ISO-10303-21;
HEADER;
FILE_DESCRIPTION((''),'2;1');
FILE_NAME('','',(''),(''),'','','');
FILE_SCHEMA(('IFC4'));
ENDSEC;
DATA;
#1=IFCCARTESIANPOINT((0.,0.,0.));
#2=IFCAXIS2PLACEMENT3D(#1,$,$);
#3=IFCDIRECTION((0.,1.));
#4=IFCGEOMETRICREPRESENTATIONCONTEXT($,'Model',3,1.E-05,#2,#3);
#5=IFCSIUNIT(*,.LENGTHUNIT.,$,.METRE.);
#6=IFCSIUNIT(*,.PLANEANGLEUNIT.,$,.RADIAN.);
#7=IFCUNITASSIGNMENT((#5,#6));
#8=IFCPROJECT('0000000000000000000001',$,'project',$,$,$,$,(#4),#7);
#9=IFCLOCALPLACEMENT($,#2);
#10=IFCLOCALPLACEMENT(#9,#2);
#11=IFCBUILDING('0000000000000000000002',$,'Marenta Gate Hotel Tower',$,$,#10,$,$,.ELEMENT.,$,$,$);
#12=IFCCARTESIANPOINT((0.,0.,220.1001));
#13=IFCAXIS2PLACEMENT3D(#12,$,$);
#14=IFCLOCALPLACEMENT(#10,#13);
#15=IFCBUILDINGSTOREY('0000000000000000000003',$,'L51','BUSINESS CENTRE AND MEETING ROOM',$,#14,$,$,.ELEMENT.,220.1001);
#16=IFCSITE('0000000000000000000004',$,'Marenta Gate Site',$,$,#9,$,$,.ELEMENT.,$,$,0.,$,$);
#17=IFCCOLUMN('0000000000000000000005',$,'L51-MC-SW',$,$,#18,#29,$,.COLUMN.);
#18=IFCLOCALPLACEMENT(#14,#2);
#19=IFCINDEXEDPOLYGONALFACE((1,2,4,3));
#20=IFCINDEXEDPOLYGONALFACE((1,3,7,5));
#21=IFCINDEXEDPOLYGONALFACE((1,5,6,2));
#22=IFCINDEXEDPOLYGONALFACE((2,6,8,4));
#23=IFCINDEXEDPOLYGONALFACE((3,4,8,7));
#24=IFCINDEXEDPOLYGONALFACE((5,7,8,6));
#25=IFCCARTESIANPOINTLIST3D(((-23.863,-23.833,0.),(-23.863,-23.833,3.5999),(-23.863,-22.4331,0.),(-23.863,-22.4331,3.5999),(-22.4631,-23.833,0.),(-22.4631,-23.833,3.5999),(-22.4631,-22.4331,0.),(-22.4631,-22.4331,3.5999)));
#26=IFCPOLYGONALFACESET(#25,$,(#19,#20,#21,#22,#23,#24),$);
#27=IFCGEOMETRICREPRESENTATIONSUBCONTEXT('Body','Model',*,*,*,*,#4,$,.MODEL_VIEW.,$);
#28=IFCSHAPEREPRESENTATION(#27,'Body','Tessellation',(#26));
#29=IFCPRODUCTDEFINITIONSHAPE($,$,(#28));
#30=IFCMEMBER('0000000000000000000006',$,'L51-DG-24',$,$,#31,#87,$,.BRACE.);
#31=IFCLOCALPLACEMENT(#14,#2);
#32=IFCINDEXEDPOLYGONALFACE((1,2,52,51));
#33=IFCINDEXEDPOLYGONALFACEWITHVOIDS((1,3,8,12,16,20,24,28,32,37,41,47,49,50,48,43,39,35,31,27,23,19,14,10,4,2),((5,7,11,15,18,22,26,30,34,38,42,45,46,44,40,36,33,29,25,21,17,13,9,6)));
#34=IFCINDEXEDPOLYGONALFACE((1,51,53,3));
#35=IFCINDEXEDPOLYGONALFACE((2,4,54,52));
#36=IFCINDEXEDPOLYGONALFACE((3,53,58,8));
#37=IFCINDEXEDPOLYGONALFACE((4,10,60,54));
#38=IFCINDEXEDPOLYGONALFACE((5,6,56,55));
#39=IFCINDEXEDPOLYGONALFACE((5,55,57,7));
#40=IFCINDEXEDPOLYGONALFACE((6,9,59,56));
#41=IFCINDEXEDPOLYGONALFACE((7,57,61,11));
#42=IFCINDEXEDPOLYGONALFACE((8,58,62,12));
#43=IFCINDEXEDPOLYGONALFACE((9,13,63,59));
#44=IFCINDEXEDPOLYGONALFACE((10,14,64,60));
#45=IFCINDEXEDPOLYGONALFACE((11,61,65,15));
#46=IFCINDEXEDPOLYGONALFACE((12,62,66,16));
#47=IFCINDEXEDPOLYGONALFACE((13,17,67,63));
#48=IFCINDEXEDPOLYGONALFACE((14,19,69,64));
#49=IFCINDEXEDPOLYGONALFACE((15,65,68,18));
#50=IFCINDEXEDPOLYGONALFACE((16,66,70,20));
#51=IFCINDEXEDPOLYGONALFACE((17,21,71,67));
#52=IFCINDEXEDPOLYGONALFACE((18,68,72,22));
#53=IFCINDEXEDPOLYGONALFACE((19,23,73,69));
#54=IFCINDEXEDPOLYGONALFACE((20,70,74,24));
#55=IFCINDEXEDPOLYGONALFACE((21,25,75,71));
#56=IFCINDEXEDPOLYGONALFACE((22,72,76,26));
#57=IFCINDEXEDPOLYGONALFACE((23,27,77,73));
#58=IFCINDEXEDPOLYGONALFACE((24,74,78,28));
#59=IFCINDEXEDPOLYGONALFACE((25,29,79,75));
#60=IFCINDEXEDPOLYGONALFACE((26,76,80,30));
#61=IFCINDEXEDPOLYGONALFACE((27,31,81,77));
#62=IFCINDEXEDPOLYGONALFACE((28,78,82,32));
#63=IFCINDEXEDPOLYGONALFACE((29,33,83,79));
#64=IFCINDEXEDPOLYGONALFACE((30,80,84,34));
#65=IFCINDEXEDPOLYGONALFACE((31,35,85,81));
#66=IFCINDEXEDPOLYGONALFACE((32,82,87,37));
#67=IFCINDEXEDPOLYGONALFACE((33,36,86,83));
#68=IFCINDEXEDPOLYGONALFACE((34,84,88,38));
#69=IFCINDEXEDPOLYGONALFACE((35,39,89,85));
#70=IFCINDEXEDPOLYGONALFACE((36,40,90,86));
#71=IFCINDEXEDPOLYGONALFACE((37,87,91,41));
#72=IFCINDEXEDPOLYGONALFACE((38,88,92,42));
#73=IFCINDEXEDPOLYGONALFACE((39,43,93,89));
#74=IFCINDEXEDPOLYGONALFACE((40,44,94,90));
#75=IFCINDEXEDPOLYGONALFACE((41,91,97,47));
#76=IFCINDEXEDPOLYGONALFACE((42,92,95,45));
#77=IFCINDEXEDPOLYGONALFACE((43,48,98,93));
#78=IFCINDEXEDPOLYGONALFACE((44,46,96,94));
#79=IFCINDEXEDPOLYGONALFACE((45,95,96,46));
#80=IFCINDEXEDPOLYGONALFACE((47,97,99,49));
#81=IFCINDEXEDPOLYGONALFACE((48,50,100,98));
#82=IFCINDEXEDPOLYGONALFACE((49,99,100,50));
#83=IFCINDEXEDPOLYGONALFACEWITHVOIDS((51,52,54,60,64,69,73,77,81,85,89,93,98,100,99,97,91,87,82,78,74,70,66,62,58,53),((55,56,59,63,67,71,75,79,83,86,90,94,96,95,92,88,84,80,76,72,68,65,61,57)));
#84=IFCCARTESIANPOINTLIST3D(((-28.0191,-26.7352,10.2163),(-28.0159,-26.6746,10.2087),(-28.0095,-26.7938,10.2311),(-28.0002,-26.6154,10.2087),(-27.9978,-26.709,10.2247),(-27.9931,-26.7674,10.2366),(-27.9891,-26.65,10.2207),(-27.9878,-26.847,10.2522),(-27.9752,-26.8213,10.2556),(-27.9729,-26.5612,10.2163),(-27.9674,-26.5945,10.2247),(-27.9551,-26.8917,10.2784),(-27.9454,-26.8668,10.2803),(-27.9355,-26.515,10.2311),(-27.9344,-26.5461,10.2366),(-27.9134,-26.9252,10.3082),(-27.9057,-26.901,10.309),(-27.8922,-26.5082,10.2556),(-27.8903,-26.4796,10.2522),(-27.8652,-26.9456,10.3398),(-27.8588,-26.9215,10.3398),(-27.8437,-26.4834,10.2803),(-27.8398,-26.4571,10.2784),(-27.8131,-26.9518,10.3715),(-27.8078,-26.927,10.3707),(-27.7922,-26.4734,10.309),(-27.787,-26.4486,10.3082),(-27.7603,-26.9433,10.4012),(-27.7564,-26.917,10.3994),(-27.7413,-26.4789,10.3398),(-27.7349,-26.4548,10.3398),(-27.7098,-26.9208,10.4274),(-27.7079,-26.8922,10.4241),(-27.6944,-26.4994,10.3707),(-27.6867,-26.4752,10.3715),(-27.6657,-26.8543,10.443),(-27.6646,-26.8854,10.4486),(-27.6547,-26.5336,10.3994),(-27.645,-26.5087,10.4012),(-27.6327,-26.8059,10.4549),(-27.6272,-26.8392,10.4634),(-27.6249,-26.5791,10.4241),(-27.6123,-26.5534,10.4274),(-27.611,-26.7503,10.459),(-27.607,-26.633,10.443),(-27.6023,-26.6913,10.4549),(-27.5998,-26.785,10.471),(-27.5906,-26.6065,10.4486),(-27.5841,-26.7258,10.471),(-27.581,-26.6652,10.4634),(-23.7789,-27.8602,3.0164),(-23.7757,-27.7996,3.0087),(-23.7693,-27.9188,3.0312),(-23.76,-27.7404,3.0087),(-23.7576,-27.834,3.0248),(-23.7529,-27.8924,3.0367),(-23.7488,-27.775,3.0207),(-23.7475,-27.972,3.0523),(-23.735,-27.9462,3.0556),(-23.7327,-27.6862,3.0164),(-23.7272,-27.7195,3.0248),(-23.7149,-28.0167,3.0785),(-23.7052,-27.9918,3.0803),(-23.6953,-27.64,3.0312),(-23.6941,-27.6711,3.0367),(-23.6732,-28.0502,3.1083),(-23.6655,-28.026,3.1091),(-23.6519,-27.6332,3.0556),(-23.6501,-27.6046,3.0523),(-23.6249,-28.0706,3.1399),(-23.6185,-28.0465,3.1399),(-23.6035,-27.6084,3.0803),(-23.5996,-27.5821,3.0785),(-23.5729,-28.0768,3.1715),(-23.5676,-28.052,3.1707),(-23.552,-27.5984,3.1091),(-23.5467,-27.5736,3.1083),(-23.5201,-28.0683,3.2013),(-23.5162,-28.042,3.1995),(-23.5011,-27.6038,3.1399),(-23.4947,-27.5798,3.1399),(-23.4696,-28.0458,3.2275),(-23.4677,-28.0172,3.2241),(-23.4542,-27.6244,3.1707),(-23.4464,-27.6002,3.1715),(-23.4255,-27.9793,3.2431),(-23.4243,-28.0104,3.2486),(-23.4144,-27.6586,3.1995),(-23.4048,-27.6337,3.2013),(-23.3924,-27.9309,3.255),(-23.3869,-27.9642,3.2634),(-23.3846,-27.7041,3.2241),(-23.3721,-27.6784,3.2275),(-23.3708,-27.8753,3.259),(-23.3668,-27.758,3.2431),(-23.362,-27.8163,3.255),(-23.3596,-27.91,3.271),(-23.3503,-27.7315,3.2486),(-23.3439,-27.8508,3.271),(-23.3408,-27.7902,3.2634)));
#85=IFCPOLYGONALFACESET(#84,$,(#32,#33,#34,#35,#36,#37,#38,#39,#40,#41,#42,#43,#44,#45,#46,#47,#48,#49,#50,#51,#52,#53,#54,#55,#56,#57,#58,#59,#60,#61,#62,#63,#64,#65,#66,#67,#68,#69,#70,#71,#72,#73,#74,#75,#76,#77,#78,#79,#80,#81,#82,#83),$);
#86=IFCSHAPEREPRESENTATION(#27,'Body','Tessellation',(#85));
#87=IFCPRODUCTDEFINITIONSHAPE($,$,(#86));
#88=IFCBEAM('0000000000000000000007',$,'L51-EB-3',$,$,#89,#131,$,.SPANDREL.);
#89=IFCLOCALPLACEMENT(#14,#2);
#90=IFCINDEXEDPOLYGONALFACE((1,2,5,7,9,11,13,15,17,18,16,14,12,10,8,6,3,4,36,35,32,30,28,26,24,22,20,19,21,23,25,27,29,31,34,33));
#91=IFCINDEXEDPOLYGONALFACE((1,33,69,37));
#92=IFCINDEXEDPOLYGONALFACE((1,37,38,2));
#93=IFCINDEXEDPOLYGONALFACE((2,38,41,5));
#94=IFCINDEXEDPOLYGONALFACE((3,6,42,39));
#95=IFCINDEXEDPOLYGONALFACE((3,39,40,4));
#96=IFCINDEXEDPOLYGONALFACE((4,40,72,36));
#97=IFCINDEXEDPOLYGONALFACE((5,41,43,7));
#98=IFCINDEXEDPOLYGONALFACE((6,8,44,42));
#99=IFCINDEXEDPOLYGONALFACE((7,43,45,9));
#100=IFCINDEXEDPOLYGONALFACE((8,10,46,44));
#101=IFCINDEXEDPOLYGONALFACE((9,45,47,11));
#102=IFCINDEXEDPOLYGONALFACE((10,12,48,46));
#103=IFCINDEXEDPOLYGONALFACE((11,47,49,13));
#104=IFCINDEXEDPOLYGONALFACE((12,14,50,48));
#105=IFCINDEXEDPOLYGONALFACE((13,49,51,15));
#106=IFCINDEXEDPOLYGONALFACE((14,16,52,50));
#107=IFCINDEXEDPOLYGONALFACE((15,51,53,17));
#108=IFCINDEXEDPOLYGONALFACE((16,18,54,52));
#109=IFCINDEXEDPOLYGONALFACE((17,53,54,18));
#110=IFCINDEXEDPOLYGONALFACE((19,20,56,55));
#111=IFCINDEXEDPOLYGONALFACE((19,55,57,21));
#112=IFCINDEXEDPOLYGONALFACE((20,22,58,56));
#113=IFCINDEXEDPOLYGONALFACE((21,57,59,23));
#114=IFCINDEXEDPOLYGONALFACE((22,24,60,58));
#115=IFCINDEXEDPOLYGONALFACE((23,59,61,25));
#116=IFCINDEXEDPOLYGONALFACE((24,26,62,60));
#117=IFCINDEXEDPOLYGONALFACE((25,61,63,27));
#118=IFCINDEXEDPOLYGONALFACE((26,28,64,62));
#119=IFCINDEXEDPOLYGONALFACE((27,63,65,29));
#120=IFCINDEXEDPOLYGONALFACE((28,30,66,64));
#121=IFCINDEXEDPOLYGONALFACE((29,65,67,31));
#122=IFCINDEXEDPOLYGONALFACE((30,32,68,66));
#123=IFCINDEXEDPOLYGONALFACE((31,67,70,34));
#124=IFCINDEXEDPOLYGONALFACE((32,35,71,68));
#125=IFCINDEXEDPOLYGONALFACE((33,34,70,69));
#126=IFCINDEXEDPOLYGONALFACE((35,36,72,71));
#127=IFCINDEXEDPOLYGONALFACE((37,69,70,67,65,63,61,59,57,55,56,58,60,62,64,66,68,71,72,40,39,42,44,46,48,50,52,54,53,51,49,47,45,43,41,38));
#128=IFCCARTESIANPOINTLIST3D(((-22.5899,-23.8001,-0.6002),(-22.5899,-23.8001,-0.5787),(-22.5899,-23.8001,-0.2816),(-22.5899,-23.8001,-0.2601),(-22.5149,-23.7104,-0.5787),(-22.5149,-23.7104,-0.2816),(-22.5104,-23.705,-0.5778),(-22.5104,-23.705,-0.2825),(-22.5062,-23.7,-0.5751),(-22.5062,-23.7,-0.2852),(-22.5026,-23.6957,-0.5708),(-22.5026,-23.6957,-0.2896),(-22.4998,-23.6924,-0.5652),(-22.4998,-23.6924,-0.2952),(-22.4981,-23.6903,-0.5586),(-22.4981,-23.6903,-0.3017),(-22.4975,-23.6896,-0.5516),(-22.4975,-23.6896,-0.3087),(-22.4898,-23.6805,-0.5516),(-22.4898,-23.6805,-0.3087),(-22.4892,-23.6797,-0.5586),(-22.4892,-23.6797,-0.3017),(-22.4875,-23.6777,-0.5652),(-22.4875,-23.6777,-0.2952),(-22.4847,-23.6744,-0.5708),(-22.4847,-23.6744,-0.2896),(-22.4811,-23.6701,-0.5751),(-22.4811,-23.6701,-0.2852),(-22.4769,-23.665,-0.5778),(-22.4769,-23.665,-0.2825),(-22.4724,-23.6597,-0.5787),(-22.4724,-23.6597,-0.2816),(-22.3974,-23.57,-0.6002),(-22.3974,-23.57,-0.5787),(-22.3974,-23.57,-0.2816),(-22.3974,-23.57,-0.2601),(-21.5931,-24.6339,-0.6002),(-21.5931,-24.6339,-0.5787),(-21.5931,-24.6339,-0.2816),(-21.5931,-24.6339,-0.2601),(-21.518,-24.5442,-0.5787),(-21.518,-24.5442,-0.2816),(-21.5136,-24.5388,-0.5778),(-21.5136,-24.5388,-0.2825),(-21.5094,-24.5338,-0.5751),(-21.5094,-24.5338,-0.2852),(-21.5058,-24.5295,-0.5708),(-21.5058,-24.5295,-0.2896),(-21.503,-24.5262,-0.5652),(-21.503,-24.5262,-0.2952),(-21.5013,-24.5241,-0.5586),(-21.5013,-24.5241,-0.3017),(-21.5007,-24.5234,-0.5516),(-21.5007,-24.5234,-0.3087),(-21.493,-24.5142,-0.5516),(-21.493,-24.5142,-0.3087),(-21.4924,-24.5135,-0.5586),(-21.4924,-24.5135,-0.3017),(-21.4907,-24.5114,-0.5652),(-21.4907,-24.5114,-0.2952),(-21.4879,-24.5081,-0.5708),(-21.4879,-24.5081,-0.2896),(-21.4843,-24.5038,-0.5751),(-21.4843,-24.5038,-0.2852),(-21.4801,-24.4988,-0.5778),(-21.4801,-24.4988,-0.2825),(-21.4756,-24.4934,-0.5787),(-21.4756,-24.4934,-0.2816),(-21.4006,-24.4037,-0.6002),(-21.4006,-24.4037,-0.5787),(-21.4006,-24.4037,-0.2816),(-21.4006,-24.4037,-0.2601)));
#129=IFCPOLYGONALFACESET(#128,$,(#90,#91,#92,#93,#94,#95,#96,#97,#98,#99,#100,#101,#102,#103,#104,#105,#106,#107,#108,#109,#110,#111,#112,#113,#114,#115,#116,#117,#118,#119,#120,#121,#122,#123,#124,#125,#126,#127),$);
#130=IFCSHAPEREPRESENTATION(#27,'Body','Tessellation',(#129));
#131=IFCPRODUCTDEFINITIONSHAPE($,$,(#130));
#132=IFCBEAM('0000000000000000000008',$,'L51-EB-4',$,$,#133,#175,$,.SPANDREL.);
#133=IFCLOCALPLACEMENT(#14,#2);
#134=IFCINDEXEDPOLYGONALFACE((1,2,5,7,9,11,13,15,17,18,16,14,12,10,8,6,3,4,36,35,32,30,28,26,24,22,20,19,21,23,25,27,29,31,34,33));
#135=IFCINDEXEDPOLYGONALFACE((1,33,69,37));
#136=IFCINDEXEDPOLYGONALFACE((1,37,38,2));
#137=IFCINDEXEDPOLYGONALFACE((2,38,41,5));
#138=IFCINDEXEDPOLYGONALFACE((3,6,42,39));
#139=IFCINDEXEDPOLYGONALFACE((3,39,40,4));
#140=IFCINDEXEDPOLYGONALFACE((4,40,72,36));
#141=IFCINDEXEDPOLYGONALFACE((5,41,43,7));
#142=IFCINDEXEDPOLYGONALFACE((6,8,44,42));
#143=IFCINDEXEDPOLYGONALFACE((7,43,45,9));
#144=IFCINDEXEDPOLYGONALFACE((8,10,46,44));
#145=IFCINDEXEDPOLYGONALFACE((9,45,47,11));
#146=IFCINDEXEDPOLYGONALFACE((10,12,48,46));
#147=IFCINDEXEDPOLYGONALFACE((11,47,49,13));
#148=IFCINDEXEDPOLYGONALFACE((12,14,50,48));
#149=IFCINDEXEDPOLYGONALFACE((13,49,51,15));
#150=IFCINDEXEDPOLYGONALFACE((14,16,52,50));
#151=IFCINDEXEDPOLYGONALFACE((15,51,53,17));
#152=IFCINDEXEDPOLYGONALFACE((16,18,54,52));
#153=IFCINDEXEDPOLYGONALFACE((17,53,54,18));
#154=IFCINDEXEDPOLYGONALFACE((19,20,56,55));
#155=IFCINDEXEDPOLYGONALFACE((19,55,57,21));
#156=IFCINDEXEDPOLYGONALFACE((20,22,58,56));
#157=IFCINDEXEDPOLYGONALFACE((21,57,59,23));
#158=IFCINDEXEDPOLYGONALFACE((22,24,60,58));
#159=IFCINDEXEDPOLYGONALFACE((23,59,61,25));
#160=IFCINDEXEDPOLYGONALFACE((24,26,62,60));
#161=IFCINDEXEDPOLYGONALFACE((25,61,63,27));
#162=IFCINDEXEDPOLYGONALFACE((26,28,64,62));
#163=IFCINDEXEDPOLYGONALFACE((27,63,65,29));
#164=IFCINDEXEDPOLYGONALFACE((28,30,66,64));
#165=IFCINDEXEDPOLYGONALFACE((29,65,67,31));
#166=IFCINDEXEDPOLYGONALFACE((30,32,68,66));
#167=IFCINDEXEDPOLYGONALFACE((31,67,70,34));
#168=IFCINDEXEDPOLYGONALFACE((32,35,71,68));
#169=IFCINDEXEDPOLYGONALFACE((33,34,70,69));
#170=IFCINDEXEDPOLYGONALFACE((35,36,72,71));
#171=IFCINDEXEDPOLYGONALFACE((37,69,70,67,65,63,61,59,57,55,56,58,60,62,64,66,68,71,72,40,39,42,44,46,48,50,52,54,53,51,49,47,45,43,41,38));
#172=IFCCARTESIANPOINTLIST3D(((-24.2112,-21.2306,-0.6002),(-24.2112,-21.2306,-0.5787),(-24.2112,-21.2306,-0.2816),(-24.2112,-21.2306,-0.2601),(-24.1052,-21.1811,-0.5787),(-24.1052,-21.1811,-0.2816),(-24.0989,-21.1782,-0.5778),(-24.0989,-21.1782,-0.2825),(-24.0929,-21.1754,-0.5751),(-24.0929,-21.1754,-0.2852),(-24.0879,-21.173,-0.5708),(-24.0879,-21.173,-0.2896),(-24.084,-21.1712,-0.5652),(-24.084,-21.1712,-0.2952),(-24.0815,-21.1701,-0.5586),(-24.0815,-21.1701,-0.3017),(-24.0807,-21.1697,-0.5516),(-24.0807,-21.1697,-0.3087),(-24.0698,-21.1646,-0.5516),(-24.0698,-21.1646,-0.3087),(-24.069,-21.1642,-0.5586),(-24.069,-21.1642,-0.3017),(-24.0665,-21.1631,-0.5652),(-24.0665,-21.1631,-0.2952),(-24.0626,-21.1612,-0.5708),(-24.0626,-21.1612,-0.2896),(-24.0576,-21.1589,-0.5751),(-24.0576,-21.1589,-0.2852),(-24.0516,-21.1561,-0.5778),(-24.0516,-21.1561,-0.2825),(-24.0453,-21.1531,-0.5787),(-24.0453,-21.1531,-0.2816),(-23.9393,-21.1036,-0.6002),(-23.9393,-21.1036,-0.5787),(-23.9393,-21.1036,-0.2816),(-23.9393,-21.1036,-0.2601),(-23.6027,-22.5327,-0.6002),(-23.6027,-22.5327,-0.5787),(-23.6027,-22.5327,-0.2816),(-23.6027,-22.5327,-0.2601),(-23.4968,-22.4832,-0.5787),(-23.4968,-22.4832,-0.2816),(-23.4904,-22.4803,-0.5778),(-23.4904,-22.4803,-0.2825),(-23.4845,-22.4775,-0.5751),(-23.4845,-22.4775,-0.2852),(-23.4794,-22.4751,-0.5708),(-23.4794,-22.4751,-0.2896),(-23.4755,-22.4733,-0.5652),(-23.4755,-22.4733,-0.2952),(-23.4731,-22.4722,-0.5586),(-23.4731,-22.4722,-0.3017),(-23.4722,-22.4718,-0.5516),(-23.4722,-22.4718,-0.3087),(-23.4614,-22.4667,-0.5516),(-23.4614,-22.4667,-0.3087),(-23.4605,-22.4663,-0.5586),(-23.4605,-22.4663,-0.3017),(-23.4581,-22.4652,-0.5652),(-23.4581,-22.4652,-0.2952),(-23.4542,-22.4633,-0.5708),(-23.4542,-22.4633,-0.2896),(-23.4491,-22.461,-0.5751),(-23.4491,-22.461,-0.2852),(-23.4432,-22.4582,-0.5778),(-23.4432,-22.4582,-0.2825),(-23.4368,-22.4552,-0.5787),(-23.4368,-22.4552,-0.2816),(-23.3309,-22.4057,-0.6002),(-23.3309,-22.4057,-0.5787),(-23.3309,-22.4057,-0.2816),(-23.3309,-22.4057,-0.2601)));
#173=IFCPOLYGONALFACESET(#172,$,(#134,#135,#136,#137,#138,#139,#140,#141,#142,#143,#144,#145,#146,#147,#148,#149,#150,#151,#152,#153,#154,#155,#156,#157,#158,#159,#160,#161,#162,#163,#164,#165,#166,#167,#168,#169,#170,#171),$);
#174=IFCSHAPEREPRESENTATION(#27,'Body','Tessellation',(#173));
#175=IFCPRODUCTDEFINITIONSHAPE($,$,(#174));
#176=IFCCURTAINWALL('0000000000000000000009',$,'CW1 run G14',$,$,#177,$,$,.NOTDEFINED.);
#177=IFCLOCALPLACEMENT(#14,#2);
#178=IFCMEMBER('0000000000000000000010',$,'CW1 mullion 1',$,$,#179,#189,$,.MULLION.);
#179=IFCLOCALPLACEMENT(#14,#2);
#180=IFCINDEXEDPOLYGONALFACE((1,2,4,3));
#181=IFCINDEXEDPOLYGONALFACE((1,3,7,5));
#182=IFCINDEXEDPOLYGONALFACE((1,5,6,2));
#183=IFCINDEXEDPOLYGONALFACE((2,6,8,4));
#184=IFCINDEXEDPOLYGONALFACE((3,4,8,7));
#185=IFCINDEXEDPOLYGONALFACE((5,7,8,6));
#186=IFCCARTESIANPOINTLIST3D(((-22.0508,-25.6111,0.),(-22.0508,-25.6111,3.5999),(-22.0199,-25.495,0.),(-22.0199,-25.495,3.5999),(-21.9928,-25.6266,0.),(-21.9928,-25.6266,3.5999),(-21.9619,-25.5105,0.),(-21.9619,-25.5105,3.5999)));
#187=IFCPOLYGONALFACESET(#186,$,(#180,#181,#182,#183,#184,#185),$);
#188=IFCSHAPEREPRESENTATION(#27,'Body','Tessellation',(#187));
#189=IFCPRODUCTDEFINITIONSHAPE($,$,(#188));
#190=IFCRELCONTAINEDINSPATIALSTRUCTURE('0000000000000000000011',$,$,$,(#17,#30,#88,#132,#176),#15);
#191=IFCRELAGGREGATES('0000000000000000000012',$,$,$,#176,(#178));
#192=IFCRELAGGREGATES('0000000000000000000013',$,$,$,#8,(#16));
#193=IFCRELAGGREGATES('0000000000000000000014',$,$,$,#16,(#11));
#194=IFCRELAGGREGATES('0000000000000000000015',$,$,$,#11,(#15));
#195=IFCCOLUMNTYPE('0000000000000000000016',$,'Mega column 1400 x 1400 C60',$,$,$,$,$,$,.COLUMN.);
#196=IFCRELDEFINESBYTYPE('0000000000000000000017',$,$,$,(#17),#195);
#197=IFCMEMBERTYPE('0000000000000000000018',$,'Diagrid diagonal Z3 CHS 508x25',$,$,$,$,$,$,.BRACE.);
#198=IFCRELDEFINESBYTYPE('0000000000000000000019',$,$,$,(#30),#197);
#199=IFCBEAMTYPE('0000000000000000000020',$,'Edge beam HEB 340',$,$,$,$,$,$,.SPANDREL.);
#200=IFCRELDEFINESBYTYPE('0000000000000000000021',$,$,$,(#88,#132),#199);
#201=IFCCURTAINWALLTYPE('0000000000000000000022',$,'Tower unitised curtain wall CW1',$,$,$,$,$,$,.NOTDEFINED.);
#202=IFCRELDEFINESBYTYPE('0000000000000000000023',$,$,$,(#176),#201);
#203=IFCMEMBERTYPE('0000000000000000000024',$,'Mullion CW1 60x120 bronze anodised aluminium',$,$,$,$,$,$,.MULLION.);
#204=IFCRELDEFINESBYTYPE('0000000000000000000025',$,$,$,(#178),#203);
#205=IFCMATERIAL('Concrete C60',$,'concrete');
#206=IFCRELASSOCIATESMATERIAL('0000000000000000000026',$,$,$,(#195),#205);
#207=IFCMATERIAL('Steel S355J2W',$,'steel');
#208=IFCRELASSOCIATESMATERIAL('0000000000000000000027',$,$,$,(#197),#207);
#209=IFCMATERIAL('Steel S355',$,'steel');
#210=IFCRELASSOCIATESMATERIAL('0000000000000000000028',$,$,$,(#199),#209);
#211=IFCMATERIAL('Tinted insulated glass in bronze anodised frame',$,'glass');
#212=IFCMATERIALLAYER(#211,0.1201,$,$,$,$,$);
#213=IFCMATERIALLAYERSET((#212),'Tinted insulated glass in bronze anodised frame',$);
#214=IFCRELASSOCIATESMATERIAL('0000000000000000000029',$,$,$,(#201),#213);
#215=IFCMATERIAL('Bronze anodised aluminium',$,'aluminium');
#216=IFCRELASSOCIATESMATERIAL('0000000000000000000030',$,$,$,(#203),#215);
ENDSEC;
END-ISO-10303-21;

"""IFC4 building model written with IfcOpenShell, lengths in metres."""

from ifc_helpers import new_model, si_unit, direction, frame, origin, origin_2d, place, context, subcontext, project, spatial, rectangle, hollow_circle, i_section, extrude, material, layer, layer_set, material_profile, profile_set, type_object, element, aggregate, save


model = new_model("IFC4")

# Units and contexts
model_context = context("Model", 3, precision=1e-05, world=origin(), true_north=direction((0.0, 1.0)))
body_context = subcontext(model_context, "Body", "Model", "MODEL_VIEW")
ifc_project = project(units=[si_unit("LENGTHUNIT", "METRE"), si_unit("PLANEANGLEUNIT", "RADIAN")], contexts=[model_context])

# Site, building, storey
site_placement = place(None, origin())
site = spatial("IfcSite", under=ifc_project, at=site_placement, Name="Marenta Gate Site", CompositionType="ELEMENT", RefElevation=0.0)
building_placement = place(site_placement, origin())
building = spatial("IfcBuilding", under=site, at=building_placement, Name="Marenta Gate Hotel Tower", CompositionType="ELEMENT")
storey_placement = place(building_placement, frame((0.0, 0.0, 220.1001)))
storey = spatial("IfcBuildingStorey", under=building, at=storey_placement, Name="L51", Description="BUSINESS CENTRE AND MEETING ROOM", CompositionType="ELEMENT", Elevation=220.1001)

# Column
ifc_material_1 = material(Name="Concrete C60", Category="concrete")
ifc_material_profile_1 = material_profile(ifc_material_1, rectangle(XDim=1.3999, YDim=1.3999, at=origin_2d()), Name="1400 x 1400")
ifc_profile_set_1 = profile_set([ifc_material_profile_1], Name="Concrete C60")
column_type = type_object("IfcColumnType", Name="Mega column 1400 x 1400 C60", PredefinedType="COLUMN", material=ifc_profile_set_1)
column_placement = place(storey_placement, frame((-23.1631, -23.1331, 0.0), z_axis=(0.0, 0.0, 1.0), x_axis=(1.0, 0.0, 0.0)))
element("IfcColumn", 1, at=column_placement, inside=storey, type_object=column_type, Name="L51-MC-SW", PredefinedType="COLUMN", context=body_context, shape_type="SweptSolid", body=[
    extrude(rectangle(XDim=1.3999, YDim=1.3999, at=origin_2d()), origin(), (0.0, 0.0, 1.0), 3.5999),
])

# Member
ifc_material_2 = material(Name="Steel S355J2W", Category="steel")
ifc_material_profile_2 = material_profile(ifc_material_2, hollow_circle(Radius=0.2539, WallThickness=0.0249, at=origin_2d()), Name="CHS 508x25")
ifc_profile_set_2 = profile_set([ifc_material_profile_2], Name="Steel S355J2W")
member_type_1 = type_object("IfcMemberType", Name="Diagrid diagonal Z3 CHS 508x25", PredefinedType="BRACE", material=ifc_profile_set_2)
member_1_placement = place(storey_placement, frame((-23.5598, -27.8252, 3.1399), z_axis=(-0.502924, 0.133434, 0.853969), x_axis=(-0.256443, -0.966559, 0.0)))
element("IfcMember", 2, at=member_1_placement, inside=storey, type_object=member_type_1, Name="L51-DG-24", PredefinedType="BRACE", context=body_context, shape_type="SweptSolid", body=[
    extrude(hollow_circle(Radius=0.2539, WallThickness=0.0249, at=origin_2d()), origin(), (0.0, 0.0, 1.0), 8.4312),
])

# Beams
ifc_material_3 = material(Name="Steel S355", Category="steel")
ifc_material_profile_3 = material_profile(ifc_material_3, i_section(OverallWidth=0.3, OverallDepth=0.3401, WebThickness=0.012, FlangeThickness=0.0215, FilletRadius=0.0271, at=origin_2d()), Name="HEB 340")
ifc_profile_set_3 = profile_set([ifc_material_profile_3], Name="Steel S355")
beam_type = type_object("IfcBeamType", Name="Edge beam HEB 340", PredefinedType="SPANDREL", material=ifc_profile_set_3)
beam_1_placement = place(storey_placement, frame((-21.4968, -24.5188, -0.4302), z_axis=(-0.767065, 0.641569, 0.0), x_axis=(-0.641569, -0.767065, 0.0)))
element("IfcBeam", 3, at=beam_1_placement, inside=storey, type_object=beam_type, Name="L51-EB-3", PredefinedType="SPANDREL", context=body_context, shape_type="SweptSolid", body=[
    extrude(i_section(OverallWidth=0.3, OverallDepth=0.3401, WebThickness=0.012, FlangeThickness=0.0215, FilletRadius=0.0271, at=origin_2d()), origin(), (0.0, 0.0, 1.0), 1.2996),
])
beam_2_placement = place(storey_placement, frame((-23.4668, -22.4692, -0.4302), z_axis=(-0.423341, 0.90597, 0.0), x_axis=(-0.90597, -0.423341, 0.0)))
element("IfcBeam", 4, at=beam_2_placement, inside=storey, type_object=beam_type, Name="L51-EB-4", PredefinedType="SPANDREL", context=body_context, shape_type="SweptSolid", body=[
    extrude(i_section(OverallWidth=0.3, OverallDepth=0.3401, WebThickness=0.012, FlangeThickness=0.0215, FilletRadius=0.0271, at=origin_2d()), origin(), (0.0, 0.0, 1.0), 1.4373),
])

# Curtain wall, member
ifc_material_4 = material(Name="Tinted insulated glass in bronze anodised frame", Category="glass")
ifc_layer_1 = layer(ifc_material_4, 0.1201)
ifc_layer_set_1 = layer_set([ifc_layer_1], Name="Tinted insulated glass in bronze anodised frame")
curtain_wall_type = type_object("IfcCurtainWallType", Name="Tower unitised curtain wall CW1", PredefinedType="NOTDEFINED", material=ifc_layer_set_1)
curtain_wall_1_placement = place(storey_placement, origin())
curtain_wall_1 = element("IfcCurtainWall", 5, at=curtain_wall_1_placement, inside=storey, type_object=curtain_wall_type, Name="CW1 run G14", PredefinedType="NOTDEFINED")
ifc_material_5 = material(Name="Bronze anodised aluminium", Category="aluminium")
ifc_material_profile_4 = material_profile(ifc_material_5, rectangle(XDim=0.1201, YDim=0.0601, at=origin_2d()), Name="Mullion CW1 60x120 bronze anodised aluminium")
ifc_profile_set_4 = profile_set([ifc_material_profile_4], Name="Bronze anodised aluminium")
member_type_2 = type_object("IfcMemberType", Name="Mullion CW1 60x120 bronze anodised aluminium", PredefinedType="MULLION", material=ifc_profile_set_4)
member_2_placement = place(storey_placement, frame((-22.0063, -25.5608, 0.0), z_axis=(0.0, 0.0, 1.0), x_axis=(0.257136, 0.966375, 0.0)))
member_2 = element("IfcMember", 6, at=member_2_placement, type_object=member_type_2, Name="CW1 mullion 1", PredefinedType="MULLION", context=body_context, shape_type="SweptSolid", body=[
    extrude(rectangle(XDim=0.1201, YDim=0.0601, at=origin_2d()), origin(), (0.0, 0.0, 1.0), 3.5999),
])
aggregate(curtain_wall_1, [member_2])

save(model, "model.ifc")
